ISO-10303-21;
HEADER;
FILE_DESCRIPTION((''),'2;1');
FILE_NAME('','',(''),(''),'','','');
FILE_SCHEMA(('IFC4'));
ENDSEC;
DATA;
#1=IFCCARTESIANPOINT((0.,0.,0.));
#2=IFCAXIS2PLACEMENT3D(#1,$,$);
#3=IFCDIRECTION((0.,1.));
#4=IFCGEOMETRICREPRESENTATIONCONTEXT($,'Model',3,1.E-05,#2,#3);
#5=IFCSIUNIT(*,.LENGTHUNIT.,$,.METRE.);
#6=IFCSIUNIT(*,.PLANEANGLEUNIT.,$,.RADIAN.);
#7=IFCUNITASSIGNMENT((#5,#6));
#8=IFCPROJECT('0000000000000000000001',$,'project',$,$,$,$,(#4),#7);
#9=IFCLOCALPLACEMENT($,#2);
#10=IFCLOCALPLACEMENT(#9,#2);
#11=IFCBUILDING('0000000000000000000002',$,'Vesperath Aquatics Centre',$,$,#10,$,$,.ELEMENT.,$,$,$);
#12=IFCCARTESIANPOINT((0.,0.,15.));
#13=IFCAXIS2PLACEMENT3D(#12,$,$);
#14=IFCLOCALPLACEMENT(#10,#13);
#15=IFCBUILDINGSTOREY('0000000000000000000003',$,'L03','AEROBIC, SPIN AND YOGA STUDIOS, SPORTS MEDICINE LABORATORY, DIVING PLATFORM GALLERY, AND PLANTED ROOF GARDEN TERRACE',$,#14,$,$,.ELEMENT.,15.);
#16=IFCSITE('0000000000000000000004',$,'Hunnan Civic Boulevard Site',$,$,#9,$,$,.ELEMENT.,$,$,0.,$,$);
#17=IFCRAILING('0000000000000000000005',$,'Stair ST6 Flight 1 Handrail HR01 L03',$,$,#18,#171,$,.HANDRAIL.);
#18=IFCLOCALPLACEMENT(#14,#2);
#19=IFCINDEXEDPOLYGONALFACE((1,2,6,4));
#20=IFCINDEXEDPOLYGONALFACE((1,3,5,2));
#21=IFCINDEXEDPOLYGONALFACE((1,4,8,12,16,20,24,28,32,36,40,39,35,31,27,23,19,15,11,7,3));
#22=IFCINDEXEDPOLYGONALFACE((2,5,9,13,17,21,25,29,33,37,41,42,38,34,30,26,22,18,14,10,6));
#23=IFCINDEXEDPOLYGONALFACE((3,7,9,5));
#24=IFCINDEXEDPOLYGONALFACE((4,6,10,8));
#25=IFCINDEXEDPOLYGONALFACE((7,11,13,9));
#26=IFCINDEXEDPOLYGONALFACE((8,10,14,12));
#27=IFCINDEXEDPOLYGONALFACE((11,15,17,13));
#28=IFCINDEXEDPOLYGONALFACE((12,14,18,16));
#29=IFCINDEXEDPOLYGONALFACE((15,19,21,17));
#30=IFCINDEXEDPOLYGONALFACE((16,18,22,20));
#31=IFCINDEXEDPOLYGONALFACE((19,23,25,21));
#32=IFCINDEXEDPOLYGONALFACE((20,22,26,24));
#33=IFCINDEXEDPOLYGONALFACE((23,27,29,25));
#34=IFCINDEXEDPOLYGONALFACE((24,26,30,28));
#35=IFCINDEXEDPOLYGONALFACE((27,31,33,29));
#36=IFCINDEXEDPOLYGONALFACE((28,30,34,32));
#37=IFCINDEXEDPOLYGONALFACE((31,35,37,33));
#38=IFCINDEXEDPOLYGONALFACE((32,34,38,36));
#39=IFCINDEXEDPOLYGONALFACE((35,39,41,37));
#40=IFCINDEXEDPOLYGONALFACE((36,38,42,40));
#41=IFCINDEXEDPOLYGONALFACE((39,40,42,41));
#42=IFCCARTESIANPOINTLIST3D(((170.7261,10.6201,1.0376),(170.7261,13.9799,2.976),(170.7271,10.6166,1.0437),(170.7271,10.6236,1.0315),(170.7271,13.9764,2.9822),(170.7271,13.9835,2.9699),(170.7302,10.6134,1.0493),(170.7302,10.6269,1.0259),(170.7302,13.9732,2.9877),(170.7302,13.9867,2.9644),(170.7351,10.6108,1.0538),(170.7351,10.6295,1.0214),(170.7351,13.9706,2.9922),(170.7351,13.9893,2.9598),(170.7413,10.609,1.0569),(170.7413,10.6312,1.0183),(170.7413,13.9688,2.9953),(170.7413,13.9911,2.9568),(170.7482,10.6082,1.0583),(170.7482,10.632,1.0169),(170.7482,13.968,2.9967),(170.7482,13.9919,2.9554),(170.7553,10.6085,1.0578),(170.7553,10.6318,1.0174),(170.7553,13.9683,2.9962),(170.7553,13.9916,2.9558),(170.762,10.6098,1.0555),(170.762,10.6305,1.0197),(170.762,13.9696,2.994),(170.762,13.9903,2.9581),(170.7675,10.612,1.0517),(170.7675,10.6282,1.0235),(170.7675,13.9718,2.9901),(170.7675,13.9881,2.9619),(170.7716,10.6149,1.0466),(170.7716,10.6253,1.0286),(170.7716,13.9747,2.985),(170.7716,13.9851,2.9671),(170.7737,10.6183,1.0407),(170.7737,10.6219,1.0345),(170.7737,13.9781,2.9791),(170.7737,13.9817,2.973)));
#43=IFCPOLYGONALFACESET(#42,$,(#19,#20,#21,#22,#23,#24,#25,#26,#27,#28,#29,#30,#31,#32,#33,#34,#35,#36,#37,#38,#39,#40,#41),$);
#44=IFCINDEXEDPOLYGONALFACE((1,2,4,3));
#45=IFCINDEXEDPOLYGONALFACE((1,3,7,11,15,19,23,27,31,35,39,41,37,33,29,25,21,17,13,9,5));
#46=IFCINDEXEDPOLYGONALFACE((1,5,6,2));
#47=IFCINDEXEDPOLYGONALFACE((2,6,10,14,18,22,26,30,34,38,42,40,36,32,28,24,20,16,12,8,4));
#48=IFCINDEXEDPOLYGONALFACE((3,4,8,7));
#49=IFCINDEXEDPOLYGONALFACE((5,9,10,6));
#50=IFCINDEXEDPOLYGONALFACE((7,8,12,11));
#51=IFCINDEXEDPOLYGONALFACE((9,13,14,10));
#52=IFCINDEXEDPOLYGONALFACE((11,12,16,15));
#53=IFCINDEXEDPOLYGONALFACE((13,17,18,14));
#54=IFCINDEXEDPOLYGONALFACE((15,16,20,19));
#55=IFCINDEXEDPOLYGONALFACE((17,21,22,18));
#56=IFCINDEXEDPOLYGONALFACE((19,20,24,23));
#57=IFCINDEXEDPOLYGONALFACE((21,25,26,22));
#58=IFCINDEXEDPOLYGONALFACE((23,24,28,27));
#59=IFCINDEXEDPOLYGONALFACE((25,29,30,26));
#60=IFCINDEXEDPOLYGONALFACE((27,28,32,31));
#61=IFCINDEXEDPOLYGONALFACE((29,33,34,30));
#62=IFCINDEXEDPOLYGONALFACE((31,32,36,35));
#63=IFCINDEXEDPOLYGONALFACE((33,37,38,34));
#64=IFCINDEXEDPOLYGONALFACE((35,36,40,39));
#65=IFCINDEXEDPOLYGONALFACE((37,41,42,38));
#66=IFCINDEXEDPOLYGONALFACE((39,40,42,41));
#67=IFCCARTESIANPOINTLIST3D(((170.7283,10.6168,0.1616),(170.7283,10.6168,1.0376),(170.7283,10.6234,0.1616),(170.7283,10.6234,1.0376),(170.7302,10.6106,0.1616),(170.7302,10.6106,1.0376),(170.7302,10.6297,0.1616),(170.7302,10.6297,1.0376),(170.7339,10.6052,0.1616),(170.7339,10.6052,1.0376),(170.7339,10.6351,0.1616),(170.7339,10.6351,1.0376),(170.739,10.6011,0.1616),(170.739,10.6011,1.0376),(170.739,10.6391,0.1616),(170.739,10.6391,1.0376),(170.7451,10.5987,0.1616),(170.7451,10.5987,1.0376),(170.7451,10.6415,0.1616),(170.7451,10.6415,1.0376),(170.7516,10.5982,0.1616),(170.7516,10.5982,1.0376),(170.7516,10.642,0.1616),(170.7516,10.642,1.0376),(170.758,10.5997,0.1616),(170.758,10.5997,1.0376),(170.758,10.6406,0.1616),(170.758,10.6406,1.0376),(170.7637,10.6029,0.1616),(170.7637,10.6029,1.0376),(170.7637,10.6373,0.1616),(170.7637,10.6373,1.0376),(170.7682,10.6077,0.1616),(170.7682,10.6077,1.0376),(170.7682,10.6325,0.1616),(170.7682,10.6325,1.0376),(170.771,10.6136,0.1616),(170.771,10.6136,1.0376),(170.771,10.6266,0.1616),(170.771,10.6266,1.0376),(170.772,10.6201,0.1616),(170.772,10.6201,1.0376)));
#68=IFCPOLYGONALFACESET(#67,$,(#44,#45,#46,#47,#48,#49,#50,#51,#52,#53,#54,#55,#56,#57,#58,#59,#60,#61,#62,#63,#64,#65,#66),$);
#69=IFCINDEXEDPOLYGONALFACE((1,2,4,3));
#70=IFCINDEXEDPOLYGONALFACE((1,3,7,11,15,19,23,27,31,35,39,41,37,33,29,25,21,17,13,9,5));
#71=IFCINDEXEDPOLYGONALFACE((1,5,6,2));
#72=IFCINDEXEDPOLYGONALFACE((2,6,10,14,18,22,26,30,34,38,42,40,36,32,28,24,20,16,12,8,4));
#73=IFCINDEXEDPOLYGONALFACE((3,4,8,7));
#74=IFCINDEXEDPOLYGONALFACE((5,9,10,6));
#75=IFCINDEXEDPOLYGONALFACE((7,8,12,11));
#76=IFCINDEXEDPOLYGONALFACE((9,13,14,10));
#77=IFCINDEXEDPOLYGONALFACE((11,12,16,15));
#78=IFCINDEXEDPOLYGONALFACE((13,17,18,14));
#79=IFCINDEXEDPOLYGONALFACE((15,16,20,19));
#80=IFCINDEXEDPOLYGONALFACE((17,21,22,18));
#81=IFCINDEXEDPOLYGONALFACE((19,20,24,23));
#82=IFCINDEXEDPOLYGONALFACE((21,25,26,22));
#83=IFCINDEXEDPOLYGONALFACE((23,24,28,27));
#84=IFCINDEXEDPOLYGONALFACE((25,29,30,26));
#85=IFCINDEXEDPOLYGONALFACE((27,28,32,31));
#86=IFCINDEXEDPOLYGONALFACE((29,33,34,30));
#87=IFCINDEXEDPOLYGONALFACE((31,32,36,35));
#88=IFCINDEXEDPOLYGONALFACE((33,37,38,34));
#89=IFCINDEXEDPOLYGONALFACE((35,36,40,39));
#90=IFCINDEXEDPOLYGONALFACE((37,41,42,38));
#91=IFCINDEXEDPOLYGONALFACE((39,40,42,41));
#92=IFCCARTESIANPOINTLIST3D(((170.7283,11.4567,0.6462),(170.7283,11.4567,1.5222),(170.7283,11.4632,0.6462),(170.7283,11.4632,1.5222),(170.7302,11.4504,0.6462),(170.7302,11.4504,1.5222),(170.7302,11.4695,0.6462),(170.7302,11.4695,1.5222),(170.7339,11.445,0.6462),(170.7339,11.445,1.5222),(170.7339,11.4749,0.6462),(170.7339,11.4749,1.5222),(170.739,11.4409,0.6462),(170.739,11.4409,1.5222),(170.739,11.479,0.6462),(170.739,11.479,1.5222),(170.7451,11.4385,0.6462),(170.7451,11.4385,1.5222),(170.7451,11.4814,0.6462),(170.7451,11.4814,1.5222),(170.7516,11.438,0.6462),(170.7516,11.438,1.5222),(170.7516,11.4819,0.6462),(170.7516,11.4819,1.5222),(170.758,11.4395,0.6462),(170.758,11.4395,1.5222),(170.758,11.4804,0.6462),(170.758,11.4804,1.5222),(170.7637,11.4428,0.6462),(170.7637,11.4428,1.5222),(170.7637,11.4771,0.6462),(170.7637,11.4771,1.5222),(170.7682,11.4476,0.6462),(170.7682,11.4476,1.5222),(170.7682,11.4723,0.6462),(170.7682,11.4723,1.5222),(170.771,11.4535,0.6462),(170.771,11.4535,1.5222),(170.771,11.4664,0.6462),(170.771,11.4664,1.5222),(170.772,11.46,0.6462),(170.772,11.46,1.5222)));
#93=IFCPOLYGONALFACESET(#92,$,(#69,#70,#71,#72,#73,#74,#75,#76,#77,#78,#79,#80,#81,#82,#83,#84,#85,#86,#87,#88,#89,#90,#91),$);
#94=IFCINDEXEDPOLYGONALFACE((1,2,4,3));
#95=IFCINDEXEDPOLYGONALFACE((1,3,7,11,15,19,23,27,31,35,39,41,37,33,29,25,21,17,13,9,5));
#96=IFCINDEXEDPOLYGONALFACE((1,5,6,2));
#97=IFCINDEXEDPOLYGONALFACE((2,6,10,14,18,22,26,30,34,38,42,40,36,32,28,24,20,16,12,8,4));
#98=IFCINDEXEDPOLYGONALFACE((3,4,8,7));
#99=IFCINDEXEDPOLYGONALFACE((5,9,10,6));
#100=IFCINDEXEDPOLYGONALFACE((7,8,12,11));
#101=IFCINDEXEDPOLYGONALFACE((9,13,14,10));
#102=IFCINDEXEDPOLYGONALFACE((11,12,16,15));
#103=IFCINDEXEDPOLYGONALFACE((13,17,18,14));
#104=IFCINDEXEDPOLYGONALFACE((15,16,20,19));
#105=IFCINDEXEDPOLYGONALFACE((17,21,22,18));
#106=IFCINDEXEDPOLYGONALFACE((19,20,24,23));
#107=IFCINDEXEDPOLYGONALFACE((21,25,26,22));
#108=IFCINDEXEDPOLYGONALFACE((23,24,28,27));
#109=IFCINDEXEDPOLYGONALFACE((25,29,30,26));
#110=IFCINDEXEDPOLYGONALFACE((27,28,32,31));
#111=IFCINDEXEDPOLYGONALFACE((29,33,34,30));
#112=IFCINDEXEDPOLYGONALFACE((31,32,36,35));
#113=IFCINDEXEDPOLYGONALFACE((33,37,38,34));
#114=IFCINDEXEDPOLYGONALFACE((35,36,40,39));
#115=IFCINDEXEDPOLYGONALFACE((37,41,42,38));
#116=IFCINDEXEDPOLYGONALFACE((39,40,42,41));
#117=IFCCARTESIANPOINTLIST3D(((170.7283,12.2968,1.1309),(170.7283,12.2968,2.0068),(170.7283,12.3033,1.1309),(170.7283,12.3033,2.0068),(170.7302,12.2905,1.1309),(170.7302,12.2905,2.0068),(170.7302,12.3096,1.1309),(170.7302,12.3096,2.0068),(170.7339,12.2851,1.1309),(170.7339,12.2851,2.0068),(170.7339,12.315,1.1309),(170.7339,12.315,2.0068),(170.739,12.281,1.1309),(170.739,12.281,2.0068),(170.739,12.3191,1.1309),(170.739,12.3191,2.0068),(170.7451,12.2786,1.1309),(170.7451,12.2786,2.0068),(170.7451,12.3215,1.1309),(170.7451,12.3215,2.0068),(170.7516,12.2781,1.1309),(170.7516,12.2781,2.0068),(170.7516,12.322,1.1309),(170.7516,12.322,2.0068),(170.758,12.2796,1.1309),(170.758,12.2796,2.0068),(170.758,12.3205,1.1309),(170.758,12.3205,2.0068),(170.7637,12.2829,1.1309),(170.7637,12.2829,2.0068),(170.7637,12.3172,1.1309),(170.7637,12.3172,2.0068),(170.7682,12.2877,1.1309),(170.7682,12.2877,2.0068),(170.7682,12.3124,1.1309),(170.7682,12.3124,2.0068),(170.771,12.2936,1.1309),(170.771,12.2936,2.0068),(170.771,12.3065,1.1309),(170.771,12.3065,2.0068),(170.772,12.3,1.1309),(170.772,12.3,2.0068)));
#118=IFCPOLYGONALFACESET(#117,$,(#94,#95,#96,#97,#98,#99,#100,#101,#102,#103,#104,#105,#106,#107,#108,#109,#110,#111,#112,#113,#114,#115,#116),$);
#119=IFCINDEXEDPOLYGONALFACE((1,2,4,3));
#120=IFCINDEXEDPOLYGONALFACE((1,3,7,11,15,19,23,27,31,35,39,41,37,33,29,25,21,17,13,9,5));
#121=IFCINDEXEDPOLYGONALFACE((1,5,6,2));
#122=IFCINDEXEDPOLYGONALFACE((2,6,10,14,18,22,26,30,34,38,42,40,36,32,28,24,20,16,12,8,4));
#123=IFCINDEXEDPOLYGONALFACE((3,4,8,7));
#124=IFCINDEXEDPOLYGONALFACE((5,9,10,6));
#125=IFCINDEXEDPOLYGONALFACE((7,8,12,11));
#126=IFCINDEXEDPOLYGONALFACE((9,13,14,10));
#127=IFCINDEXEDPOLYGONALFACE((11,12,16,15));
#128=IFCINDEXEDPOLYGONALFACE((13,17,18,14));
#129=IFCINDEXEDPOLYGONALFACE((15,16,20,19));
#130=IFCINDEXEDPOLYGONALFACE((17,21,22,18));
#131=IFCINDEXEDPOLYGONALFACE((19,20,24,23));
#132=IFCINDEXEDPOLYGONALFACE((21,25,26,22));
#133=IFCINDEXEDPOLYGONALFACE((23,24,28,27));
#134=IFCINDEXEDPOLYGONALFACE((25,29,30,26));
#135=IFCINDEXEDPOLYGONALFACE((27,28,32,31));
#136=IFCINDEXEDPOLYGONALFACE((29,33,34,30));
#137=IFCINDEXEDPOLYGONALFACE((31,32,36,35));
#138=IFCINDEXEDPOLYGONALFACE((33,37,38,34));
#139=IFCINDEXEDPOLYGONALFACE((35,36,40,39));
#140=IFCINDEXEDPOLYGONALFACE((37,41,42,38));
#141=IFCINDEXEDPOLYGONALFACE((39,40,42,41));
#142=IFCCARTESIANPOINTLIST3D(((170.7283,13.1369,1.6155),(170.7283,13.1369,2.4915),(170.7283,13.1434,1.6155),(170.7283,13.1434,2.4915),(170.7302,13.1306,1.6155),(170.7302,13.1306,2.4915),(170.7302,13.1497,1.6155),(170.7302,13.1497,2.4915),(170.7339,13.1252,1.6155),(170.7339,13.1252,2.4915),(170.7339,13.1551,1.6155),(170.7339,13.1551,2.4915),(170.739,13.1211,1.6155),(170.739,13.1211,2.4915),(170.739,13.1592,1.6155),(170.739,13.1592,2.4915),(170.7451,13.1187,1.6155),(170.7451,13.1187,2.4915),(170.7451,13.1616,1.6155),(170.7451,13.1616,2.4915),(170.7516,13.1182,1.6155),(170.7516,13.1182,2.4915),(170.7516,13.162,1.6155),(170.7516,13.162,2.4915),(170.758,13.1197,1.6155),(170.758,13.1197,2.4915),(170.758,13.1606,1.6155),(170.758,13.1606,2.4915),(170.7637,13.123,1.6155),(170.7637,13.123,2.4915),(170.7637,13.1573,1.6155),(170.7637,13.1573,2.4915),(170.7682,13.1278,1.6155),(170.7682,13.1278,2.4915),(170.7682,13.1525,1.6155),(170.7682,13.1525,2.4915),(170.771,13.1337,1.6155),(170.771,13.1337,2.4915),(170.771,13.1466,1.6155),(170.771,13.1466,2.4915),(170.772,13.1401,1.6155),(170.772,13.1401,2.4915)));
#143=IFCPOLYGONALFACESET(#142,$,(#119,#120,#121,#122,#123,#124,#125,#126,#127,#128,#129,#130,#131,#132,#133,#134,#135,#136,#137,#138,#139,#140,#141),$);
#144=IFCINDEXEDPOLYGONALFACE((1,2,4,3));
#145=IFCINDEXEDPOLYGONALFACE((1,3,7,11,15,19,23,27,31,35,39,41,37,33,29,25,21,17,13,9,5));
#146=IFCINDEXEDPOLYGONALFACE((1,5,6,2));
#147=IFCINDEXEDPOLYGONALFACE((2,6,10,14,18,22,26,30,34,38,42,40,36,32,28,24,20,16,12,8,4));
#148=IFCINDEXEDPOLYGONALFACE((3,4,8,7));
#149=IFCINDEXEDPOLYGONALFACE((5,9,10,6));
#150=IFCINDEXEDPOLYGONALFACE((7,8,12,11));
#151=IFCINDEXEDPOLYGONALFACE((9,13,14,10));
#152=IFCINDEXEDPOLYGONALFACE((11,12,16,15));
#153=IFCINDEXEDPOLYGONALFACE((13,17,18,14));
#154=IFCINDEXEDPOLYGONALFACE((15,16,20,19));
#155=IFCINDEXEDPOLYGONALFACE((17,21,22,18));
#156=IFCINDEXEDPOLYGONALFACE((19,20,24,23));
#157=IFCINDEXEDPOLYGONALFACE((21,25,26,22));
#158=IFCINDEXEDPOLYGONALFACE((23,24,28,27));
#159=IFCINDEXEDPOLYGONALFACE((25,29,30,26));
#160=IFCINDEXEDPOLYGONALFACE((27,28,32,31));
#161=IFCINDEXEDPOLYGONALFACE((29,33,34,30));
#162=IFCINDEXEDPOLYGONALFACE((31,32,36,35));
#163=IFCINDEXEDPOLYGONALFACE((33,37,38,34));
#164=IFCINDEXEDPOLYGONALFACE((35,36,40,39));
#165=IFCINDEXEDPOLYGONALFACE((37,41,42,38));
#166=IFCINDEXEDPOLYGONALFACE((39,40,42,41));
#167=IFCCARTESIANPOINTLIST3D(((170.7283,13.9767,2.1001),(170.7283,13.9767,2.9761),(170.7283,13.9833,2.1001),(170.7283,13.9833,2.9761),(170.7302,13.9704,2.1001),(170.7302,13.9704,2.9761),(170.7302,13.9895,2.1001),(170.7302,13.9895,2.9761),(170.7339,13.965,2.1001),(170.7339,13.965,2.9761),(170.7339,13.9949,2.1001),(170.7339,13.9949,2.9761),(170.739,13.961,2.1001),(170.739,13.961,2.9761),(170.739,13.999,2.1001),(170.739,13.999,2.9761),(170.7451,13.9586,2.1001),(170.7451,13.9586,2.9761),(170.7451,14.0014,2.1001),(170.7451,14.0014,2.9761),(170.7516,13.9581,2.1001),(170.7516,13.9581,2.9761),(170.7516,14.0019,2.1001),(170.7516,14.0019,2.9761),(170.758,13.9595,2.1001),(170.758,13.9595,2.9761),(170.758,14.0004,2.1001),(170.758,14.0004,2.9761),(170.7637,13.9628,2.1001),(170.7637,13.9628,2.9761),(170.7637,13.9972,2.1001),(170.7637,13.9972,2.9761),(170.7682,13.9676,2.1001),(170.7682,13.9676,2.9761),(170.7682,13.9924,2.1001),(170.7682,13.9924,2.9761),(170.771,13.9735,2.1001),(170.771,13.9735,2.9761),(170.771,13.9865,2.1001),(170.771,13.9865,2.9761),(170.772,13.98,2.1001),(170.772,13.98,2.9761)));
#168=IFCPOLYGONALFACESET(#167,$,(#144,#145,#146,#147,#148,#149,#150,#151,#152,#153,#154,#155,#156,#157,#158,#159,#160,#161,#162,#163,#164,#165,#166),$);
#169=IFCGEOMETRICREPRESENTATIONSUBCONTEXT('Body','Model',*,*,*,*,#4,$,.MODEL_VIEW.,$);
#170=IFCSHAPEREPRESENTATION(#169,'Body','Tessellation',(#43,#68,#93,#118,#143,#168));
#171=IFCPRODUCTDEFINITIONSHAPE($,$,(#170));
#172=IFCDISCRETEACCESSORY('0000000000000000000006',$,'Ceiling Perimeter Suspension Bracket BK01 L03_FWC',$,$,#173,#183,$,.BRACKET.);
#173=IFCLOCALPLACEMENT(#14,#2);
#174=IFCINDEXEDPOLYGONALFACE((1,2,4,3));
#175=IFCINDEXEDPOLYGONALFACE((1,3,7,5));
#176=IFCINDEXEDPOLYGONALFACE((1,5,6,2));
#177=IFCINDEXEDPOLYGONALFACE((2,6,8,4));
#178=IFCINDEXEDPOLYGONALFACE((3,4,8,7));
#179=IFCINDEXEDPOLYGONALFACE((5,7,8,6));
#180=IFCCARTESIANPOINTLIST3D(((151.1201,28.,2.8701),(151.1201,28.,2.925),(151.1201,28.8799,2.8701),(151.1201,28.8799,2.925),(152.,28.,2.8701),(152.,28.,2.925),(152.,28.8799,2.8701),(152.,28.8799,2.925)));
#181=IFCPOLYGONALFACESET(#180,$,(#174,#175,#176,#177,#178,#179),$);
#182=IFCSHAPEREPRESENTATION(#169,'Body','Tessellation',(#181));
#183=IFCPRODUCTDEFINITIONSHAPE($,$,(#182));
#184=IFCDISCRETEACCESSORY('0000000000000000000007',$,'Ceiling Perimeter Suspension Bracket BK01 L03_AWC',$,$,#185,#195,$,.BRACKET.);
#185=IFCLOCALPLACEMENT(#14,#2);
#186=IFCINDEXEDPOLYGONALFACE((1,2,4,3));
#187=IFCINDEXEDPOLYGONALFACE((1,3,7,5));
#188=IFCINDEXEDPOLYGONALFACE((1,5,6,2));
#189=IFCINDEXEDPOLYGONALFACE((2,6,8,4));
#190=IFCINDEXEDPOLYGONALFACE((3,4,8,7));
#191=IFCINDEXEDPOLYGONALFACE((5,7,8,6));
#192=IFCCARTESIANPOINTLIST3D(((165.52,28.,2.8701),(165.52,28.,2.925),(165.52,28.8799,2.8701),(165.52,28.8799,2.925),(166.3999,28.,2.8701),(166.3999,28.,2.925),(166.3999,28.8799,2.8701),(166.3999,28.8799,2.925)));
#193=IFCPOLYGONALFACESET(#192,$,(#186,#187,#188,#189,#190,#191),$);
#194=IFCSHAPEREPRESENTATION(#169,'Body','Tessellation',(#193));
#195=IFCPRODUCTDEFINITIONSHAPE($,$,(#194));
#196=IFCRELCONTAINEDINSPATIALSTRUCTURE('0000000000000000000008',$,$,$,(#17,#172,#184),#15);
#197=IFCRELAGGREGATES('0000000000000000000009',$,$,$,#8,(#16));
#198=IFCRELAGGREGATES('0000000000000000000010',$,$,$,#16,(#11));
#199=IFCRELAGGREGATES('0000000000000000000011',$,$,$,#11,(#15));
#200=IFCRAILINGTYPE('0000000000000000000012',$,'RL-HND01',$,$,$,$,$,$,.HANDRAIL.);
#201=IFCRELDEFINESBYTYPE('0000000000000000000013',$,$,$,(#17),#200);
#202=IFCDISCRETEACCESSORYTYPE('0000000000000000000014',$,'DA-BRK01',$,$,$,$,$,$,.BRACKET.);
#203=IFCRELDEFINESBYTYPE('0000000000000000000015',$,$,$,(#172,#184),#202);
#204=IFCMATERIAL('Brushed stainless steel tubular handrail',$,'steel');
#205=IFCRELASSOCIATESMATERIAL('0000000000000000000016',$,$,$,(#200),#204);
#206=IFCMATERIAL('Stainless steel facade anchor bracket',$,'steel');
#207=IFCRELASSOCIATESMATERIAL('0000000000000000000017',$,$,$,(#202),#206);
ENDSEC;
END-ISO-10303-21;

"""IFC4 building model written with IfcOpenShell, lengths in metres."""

from ifc_helpers import new_model, si_unit, direction, frame, origin, origin_2d, place, context, subcontext, project, spatial, rectangle, circle, extrude, material, type_object, element, save


model = new_model("IFC4")

# Units and contexts
model_context = context("Model", 3, precision=1e-05, world=origin(), true_north=direction((0.0, 1.0)))
body_context = subcontext(model_context, "Body", "Model", "MODEL_VIEW")
ifc_project = project(units=[si_unit("LENGTHUNIT", "METRE"), si_unit("PLANEANGLEUNIT", "RADIAN")], contexts=[model_context])

# Site, building, storey
site_placement = place(None, origin())
site = spatial("IfcSite", under=ifc_project, at=site_placement, Name="Hunnan Civic Boulevard Site", CompositionType="ELEMENT", RefElevation=0.0)
building_placement = place(site_placement, origin())
building = spatial("IfcBuilding", under=site, at=building_placement, Name="Vesperath Aquatics Centre", CompositionType="ELEMENT")
storey_placement = place(building_placement, frame((0.0, 0.0, 15.0)))
storey = spatial("IfcBuildingStorey", under=building, at=storey_placement, Name="L03", Description="AEROBIC, SPIN AND YOGA STUDIOS, SPORTS MEDICINE LABORATORY, DIVING PLATFORM GALLERY, AND PLANTED ROOF GARDEN TERRACE", CompositionType="ELEMENT", Elevation=15.0)

# Railing
ifc_material_1 = material(Name="Brushed stainless steel tubular handrail", Category="steel")
railing_type_1 = type_object("IfcRailingType", Name="RL-HND01", PredefinedType="HANDRAIL", material=ifc_material_1)
railing_1_placement = place(storey_placement, frame((170.75, 10.6201, 0.1616)))
element("IfcRailing", 1, at=railing_1_placement, inside=storey, type_object=railing_type_1, Name="Stair ST6 Flight 1 Handrail HR01 L03", PredefinedType="HANDRAIL", context=body_context, shape_type="SweptSolid", body=[
    extrude(circle(Radius=0.0239, at=origin_2d()), frame((0.0, 0.0, 0.876), z_axis=(0.0, 0.866175, 0.499741), x_axis=(-1.0, 0.0, 0.0)), (0.0, 0.0, 1.0), 3.8789),
    extrude(circle(Radius=0.022, at=origin_2d()), origin(), (0.0, 0.0, 1.0), 0.876),
    extrude(circle(Radius=0.022, at=origin_2d()), frame((0.0, 0.8398, 0.4846)), (0.0, 0.0, 1.0), 0.876),
    extrude(circle(Radius=0.022, at=origin_2d()), frame((0.0, 1.6799, 0.9692)), (0.0, 0.0, 1.0), 0.876),
    extrude(circle(Radius=0.022, at=origin_2d()), frame((0.0, 2.52, 1.4539)), (0.0, 0.0, 1.0), 0.876),
    extrude(circle(Radius=0.022, at=origin_2d()), frame((0.0, 3.3599, 1.9385)), (0.0, 0.0, 1.0), 0.876),
])

# Discrete accessories
ifc_material_2 = material(Name="Stainless steel facade anchor bracket", Category="steel")
discrete_accessory_type = type_object("IfcDiscreteAccessoryType", Name="DA-BRK01", PredefinedType="BRACKET", material=ifc_material_2)
for number, where, z_axis, x_axis, name in (
    (2, (151.5601, 28.4399, 2.8701), (0.0, 0.0, 1.0), (1.0, 0.0, 0.0), "Ceiling Perimeter Suspension Bracket BK01 L03_FWC"),
    (3, (165.96, 28.4399, 2.8701), (0.0, 0.0, 1.0), (1.0, 0.0, 0.0), "Ceiling Perimeter Suspension Bracket BK01 L03_AWC"),
):
    element("IfcDiscreteAccessory", number, at=place(storey_placement, frame(where, z_axis=z_axis, x_axis=x_axis)), inside=storey, type_object=discrete_accessory_type, Name=name, PredefinedType="BRACKET", context=body_context, shape_type="SweptSolid", body=[
        extrude(rectangle(XDim=0.8799, YDim=0.8799, at=origin_2d()), origin(), (0.0, 0.0, 1.0), 0.0549),
    ])

save(model, "model.ifc")
